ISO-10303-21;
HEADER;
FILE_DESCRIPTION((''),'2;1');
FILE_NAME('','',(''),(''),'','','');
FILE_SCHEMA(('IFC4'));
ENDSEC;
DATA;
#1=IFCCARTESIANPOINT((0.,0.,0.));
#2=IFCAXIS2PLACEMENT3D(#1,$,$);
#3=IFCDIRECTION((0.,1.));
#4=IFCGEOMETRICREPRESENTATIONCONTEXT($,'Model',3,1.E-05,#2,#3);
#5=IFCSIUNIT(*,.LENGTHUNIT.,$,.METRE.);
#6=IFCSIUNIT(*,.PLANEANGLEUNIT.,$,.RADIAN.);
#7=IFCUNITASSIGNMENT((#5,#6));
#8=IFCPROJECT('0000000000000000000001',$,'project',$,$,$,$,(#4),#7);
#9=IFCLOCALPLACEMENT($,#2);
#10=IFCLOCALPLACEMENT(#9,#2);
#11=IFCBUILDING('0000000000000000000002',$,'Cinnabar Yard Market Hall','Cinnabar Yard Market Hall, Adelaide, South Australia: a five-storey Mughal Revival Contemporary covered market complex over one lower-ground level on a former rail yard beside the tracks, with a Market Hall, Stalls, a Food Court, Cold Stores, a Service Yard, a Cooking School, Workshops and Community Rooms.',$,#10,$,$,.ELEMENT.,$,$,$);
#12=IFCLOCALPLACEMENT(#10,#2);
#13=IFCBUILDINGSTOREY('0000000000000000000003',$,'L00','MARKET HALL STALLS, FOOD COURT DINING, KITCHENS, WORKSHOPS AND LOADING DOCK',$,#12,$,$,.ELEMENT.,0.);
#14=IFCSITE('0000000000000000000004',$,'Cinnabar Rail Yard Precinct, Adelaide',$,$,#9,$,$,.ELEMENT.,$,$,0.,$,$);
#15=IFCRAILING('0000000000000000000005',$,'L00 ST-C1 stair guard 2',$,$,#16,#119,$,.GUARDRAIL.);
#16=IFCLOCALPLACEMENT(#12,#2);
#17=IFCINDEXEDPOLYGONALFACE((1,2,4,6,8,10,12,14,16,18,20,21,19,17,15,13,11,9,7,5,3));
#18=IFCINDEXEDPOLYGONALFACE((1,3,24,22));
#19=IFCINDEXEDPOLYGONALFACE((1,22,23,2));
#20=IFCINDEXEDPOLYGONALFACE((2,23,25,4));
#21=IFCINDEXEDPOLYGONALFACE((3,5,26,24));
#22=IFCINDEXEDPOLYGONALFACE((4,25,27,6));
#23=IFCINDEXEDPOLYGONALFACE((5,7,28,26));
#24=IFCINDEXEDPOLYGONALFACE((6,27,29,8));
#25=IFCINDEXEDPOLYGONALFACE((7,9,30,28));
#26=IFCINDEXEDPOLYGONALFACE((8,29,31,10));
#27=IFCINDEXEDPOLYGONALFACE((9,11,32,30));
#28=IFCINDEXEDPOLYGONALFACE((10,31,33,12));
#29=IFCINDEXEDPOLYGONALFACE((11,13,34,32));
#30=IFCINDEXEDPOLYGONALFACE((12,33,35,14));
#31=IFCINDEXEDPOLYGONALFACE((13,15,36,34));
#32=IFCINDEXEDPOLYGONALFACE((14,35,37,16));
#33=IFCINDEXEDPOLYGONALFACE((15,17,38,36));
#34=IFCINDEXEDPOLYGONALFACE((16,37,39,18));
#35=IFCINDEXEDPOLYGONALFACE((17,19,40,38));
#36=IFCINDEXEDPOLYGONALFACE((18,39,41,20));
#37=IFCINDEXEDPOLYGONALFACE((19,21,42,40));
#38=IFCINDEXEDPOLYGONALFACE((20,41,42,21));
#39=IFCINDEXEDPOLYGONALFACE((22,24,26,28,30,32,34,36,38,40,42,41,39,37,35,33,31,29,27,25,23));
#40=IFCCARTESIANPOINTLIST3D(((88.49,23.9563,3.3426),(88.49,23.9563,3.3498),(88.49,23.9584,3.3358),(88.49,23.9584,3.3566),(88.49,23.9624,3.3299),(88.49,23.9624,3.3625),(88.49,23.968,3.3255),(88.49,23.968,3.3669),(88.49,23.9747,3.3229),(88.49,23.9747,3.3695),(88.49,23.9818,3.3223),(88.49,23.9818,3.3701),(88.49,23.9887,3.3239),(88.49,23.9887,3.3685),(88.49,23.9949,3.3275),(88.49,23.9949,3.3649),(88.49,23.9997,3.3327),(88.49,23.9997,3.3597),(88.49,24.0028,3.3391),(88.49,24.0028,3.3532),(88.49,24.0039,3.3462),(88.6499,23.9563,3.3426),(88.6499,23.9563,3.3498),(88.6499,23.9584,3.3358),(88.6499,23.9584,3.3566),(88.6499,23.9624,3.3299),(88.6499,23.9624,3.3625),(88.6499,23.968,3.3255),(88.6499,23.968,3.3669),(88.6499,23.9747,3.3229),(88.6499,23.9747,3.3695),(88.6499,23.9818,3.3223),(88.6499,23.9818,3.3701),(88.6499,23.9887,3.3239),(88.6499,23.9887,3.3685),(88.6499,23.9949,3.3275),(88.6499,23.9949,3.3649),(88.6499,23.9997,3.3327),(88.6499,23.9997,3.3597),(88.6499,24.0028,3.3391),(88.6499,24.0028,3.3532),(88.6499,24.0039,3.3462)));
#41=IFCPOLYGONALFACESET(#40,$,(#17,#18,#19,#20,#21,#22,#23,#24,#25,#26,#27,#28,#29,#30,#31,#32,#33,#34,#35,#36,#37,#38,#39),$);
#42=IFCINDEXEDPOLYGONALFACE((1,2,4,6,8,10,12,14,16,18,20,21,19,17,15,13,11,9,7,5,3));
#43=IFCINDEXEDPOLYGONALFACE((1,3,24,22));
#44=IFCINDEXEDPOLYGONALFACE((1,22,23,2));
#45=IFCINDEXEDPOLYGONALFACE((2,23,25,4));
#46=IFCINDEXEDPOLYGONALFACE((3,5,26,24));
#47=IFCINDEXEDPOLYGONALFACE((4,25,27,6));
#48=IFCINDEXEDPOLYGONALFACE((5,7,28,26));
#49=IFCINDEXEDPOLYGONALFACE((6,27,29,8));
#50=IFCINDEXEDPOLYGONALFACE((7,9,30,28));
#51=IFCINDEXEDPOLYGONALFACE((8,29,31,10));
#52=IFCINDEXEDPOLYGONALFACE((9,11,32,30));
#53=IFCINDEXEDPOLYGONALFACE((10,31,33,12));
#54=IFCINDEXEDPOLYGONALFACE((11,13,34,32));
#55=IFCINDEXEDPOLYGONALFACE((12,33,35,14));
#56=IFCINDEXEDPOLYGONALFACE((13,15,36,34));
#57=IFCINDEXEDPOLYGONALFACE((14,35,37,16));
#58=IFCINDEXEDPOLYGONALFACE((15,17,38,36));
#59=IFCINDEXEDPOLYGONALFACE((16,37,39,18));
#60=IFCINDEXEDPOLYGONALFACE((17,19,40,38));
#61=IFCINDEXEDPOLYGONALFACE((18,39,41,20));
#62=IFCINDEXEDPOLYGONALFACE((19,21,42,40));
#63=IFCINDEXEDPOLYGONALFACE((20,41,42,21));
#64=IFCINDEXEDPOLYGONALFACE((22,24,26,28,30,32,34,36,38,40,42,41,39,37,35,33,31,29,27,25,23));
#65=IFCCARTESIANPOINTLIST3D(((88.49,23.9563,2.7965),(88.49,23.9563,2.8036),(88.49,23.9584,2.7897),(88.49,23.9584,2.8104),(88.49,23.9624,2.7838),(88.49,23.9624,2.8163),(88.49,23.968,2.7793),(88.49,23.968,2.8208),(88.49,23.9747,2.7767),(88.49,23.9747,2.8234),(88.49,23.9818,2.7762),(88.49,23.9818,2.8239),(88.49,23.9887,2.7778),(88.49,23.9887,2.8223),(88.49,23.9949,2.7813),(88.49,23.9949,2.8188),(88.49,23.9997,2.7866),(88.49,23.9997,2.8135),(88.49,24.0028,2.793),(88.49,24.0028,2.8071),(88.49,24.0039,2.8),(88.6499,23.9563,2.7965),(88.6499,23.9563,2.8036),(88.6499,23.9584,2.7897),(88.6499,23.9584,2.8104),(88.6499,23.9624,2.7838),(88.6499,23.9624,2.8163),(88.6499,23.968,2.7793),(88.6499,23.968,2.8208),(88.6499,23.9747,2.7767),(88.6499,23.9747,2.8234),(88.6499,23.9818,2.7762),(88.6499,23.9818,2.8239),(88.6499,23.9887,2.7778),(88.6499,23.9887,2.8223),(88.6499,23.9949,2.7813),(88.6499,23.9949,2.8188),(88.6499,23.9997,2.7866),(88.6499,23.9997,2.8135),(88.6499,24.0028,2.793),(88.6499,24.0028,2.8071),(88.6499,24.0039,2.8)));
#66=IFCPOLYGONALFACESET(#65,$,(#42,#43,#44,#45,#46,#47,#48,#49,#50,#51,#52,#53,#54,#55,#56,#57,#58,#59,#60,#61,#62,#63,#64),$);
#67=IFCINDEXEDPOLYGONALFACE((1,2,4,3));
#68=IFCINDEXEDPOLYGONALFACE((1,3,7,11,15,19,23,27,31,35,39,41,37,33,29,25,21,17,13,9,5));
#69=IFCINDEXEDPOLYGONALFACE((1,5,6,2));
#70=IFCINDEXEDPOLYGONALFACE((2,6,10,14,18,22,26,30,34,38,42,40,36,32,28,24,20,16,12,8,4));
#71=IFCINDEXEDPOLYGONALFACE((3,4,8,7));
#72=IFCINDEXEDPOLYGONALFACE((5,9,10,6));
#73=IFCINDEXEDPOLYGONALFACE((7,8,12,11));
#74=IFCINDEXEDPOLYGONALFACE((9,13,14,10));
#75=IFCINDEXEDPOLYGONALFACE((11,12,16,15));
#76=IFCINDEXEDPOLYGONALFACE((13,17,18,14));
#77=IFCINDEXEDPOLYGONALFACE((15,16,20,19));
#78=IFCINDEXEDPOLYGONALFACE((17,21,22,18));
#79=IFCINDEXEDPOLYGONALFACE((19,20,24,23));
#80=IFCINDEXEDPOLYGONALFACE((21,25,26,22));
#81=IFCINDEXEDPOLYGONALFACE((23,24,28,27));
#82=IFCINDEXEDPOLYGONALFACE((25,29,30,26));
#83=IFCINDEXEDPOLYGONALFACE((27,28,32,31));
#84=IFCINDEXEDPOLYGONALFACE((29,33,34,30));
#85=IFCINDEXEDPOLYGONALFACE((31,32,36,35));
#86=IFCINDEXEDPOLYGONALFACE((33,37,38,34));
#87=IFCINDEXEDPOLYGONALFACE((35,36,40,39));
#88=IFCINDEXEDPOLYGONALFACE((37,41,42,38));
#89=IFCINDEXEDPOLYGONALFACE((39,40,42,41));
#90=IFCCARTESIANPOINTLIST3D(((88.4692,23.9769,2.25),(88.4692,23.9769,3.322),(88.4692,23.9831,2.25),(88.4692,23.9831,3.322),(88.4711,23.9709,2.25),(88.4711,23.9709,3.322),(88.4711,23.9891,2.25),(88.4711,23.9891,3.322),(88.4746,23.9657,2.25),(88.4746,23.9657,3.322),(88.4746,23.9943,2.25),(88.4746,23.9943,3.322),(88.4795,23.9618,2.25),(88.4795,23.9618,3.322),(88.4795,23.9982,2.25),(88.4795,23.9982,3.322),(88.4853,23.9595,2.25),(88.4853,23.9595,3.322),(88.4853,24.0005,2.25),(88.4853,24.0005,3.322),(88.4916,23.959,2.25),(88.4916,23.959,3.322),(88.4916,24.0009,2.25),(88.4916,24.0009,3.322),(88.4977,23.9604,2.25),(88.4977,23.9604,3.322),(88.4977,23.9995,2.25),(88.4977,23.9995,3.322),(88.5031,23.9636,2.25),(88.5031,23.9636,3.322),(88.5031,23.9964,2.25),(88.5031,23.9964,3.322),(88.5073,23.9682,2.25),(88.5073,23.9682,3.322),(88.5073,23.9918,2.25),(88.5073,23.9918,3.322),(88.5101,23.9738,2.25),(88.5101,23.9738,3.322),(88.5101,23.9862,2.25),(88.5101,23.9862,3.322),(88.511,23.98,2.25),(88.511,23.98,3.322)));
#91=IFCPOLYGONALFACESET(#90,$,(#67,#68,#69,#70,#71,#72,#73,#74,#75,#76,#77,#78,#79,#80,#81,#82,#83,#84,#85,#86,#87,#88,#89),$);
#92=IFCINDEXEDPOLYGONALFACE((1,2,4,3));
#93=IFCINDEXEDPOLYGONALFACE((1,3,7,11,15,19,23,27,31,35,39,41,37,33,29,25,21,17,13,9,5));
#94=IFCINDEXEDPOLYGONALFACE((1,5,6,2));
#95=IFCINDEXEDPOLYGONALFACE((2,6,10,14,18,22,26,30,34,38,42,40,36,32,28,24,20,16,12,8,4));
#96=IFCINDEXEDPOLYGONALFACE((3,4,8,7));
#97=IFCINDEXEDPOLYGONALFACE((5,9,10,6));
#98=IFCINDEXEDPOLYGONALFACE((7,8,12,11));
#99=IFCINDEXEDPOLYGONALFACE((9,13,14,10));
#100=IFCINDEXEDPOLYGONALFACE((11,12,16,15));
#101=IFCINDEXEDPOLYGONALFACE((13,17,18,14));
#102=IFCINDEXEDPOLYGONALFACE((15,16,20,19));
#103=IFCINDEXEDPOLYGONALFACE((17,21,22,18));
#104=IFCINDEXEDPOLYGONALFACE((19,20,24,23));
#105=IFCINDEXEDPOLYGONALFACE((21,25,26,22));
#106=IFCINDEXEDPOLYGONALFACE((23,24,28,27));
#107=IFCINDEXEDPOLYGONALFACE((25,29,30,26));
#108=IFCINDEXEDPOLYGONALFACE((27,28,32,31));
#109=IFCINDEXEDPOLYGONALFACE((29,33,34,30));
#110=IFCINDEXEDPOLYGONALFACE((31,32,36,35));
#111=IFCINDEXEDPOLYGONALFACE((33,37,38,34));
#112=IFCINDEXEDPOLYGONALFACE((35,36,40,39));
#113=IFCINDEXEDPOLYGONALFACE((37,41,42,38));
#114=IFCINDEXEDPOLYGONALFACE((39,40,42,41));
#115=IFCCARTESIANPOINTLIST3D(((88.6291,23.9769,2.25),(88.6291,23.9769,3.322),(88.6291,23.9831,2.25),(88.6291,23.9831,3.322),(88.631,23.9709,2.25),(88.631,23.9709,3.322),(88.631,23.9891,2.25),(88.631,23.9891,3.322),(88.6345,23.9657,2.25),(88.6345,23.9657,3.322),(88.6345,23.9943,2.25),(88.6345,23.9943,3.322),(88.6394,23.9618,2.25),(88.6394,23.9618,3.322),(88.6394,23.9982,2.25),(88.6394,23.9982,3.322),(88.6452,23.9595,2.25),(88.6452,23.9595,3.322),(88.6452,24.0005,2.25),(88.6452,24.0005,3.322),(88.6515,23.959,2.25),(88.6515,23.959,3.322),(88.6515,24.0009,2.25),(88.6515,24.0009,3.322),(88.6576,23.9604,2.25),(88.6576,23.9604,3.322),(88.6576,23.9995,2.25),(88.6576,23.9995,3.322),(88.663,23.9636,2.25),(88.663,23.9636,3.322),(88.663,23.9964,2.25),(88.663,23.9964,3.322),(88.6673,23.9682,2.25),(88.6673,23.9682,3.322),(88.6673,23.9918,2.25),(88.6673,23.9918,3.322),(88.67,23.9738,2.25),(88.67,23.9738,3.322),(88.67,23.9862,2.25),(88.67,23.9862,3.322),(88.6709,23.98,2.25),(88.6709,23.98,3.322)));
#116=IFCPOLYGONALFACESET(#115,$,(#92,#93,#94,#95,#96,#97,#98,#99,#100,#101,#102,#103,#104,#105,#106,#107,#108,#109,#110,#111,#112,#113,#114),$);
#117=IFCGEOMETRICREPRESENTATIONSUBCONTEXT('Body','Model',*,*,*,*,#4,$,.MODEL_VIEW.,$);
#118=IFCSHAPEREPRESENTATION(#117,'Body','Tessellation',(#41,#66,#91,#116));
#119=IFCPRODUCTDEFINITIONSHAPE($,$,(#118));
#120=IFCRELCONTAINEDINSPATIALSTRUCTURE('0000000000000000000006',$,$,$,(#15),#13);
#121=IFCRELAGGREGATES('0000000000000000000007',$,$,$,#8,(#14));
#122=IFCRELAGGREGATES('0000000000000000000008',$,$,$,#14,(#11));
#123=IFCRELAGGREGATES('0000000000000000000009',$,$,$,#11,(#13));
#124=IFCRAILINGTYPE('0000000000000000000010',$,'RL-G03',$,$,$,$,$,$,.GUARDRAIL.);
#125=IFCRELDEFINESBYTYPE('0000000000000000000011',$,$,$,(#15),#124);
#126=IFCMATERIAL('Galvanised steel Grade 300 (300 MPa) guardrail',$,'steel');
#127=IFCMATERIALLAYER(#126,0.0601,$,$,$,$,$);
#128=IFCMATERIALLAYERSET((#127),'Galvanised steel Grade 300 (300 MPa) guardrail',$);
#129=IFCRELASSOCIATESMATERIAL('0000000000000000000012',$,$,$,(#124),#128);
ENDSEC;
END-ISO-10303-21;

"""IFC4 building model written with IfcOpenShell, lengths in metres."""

from ifc_helpers import new_model, si_unit, direction, frame, origin, origin_2d_with_axis, place, context, subcontext, project, spatial, circle, extrude, material, layer, layer_set, type_object, element, save


model = new_model("IFC4")

# Units and contexts
model_context = context("Model", 3, precision=1e-05, world=origin(), true_north=direction((0.0, 1.0)))
body_context = subcontext(model_context, "Body", "Model", "MODEL_VIEW")
ifc_project = project(units=[si_unit("LENGTHUNIT", "METRE"), si_unit("PLANEANGLEUNIT", "RADIAN")], contexts=[model_context])

# Site, building, storey
site_placement = place(None, origin())
site = spatial("IfcSite", under=ifc_project, at=site_placement, Name="Cinnabar Rail Yard Precinct, Adelaide", CompositionType="ELEMENT", RefElevation=0.0)
building_placement = place(site_placement, origin())
building = spatial("IfcBuilding", under=site, at=building_placement, Name="Cinnabar Yard Market Hall", Description="Cinnabar Yard Market Hall, Adelaide, South Australia: a five-storey Mughal Revival Contemporary covered market complex over one lower-ground level on a former rail yard beside the tracks, with a Market Hall, Stalls, a Food Court, Cold Stores, a Service Yard, a Cooking School, Workshops and Community Rooms.", CompositionType="ELEMENT")
storey_placement = place(building_placement, origin())
storey = spatial("IfcBuildingStorey", under=building, at=storey_placement, Name="L00", Description="MARKET HALL STALLS, FOOD COURT DINING, KITCHENS, WORKSHOPS AND LOADING DOCK", CompositionType="ELEMENT", Elevation=0.0)

# Railing
ifc_material_1 = material(Name="Galvanised steel Grade 300 (300 MPa) guardrail", Category="steel")
ifc_layer_1 = layer(ifc_material_1, 0.0601)
ifc_layer_set_1 = layer_set([ifc_layer_1], Name="Galvanised steel Grade 300 (300 MPa) guardrail")
railing_type_1 = type_object("IfcRailingType", Name="RL-G03", PredefinedType="GUARDRAIL", material=ifc_layer_set_1)
railing_1_placement = place(storey_placement, frame((88.49, 23.98, 2.25)))
element("IfcRailing", 1, at=railing_1_placement, inside=storey, type_object=railing_type_1, Name="L00 ST-C1 stair guard 2", PredefinedType="GUARDRAIL", context=body_context, shape_type="SweptSolid", body=[
    extrude(circle(Radius=0.0239, at=origin_2d_with_axis()), frame((0.0, 0.0, 1.0962), z_axis=(1.0, 0.0, 0.0), x_axis=(0.0, 1.0, 0.0)), (0.0, 0.0, 1.0), 0.1599),
    extrude(circle(Radius=0.0239, at=origin_2d_with_axis()), frame((0.0, 0.0, 0.55), z_axis=(1.0, 0.0, 0.0), x_axis=(0.0, 1.0, 0.0)), (0.0, 0.0, 1.0), 0.1599),
    extrude(circle(Radius=0.021, at=origin_2d_with_axis()), origin(), (0.0, 0.0, 1.0), 1.072),
    extrude(circle(Radius=0.021, at=origin_2d_with_axis()), frame((0.1599, 0.0, 0.0)), (0.0, 0.0, 1.0), 1.072),
])

save(model, "model.ifc")
